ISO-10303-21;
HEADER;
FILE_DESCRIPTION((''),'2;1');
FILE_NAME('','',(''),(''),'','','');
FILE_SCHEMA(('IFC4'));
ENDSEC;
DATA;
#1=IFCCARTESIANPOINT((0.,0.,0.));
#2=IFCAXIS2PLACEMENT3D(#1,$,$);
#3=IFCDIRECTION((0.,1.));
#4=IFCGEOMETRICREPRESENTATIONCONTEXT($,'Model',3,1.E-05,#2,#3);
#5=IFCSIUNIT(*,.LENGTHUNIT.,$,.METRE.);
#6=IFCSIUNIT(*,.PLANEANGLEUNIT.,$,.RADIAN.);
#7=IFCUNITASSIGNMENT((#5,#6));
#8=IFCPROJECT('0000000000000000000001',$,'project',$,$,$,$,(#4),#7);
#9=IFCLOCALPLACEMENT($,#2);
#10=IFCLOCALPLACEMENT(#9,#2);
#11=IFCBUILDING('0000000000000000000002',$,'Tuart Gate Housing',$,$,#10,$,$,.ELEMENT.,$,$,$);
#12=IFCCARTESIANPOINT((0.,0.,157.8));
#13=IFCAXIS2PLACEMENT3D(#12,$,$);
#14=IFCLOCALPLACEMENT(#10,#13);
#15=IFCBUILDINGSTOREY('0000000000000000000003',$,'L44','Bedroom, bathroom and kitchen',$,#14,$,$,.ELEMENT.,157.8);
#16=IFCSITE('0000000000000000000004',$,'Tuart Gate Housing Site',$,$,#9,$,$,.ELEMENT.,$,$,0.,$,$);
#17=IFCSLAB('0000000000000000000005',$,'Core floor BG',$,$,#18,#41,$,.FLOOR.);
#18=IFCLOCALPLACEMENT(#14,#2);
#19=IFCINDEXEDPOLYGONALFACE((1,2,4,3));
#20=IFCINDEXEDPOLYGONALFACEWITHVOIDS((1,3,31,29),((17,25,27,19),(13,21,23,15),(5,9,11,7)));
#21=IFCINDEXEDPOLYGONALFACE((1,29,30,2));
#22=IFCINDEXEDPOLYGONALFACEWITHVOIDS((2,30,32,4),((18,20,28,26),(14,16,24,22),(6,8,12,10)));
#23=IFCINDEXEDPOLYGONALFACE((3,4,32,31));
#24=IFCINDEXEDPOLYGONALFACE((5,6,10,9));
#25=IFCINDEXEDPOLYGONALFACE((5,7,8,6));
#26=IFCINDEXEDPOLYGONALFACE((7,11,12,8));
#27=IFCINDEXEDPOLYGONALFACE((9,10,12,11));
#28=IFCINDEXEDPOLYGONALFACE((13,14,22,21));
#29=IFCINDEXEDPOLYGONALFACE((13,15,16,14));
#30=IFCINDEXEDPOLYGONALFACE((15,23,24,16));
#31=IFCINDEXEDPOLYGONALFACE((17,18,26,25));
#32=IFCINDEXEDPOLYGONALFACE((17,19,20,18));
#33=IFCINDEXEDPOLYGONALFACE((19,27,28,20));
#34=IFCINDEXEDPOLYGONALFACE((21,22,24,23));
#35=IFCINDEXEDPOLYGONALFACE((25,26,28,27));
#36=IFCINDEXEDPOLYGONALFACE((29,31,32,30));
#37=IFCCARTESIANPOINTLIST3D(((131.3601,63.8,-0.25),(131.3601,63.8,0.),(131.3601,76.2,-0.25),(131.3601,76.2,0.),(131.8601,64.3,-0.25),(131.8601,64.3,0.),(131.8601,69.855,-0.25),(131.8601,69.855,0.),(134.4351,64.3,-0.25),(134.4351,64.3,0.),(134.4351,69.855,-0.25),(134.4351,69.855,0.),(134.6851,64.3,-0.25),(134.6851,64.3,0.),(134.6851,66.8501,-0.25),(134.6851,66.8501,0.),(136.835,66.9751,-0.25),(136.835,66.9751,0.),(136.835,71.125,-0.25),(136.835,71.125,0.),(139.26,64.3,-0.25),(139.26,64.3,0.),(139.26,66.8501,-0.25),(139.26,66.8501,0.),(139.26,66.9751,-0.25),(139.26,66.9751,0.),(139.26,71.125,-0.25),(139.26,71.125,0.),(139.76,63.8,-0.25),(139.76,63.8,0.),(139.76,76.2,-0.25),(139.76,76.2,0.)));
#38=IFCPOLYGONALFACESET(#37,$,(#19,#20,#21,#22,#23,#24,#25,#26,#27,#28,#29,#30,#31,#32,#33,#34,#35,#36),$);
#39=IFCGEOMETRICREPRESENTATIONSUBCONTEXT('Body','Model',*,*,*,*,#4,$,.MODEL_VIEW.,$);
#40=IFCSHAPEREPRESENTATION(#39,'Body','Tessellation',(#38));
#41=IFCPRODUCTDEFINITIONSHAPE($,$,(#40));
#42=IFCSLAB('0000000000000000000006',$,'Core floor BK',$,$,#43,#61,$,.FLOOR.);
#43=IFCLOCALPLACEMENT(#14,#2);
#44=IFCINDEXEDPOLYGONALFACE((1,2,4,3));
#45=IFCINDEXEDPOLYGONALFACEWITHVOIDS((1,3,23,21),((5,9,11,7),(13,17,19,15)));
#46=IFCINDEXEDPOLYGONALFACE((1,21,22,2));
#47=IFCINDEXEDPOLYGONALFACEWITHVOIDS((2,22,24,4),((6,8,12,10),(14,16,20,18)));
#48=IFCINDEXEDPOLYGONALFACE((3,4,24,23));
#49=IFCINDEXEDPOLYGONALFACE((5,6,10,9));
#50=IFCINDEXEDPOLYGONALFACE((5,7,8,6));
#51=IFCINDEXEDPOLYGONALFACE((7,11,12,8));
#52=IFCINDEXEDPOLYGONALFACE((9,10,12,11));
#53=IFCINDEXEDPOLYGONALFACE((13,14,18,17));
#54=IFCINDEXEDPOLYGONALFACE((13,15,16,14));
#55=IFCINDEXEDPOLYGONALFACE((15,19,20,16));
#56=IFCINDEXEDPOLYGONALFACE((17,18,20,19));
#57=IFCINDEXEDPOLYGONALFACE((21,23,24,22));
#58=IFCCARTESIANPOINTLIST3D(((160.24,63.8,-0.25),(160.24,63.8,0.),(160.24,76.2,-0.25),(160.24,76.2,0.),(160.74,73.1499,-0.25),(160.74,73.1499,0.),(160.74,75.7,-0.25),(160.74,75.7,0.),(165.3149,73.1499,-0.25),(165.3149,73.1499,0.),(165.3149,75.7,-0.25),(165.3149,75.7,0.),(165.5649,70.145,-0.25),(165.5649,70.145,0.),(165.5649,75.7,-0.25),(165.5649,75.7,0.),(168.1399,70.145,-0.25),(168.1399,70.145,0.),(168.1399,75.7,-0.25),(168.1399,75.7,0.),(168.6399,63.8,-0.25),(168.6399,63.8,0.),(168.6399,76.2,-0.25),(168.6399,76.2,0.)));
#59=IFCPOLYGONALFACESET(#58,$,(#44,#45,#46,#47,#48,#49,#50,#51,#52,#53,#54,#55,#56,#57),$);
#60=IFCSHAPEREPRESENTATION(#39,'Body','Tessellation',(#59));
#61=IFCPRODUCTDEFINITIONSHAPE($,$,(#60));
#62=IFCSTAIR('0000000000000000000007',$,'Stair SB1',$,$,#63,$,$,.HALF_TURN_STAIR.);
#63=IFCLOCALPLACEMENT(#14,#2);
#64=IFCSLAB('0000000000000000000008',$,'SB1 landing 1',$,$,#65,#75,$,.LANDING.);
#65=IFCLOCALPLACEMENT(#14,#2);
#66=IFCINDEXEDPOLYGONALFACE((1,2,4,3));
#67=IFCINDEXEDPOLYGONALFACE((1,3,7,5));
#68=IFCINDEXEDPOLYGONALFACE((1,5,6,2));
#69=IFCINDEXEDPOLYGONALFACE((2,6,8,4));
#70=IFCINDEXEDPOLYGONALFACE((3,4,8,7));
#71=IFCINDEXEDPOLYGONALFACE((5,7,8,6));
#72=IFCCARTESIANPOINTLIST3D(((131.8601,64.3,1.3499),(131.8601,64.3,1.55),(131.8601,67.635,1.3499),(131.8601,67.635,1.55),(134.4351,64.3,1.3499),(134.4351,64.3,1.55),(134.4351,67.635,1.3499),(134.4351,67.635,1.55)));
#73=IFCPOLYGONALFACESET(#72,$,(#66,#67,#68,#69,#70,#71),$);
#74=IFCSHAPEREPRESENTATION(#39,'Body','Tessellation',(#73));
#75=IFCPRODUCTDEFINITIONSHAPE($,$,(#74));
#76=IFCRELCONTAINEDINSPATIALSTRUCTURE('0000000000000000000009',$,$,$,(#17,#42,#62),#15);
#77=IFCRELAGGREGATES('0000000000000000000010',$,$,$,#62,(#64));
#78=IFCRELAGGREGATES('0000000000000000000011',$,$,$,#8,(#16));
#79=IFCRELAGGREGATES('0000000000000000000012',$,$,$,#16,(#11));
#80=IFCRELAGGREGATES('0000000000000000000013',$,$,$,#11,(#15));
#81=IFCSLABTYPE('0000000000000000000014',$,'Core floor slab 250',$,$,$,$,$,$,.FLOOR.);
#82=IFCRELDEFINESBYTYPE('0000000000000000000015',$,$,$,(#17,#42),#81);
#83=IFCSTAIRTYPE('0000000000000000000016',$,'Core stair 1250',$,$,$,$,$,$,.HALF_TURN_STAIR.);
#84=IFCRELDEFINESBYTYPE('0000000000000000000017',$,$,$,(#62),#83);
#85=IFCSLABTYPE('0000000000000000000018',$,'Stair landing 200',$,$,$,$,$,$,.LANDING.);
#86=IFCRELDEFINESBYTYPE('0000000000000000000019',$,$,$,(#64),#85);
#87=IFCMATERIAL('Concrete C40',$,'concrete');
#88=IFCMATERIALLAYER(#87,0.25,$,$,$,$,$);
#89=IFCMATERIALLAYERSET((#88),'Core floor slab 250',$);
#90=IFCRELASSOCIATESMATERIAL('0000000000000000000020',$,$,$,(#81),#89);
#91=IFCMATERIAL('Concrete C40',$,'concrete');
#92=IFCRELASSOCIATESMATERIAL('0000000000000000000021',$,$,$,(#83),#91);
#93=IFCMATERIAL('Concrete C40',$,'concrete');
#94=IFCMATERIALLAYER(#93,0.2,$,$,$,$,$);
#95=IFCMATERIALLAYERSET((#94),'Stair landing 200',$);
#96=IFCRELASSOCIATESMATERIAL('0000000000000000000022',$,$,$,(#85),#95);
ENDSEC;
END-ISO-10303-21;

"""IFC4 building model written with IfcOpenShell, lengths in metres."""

from ifc_helpers import new_model, si_unit, direction, frame, origin, place, context, subcontext, project, spatial, polyline, outline, extrude, material, layer, layer_set, type_object, element, aggregate, save


model = new_model("IFC4")

# Units and contexts
model_context = context("Model", 3, precision=1e-05, world=origin(), true_north=direction((0.0, 1.0)))
body_context = subcontext(model_context, "Body", "Model", "MODEL_VIEW")
ifc_project = project(units=[si_unit("LENGTHUNIT", "METRE"), si_unit("PLANEANGLEUNIT", "RADIAN")], contexts=[model_context])

# Site, building, storey
site_placement = place(None, origin())
site = spatial("IfcSite", under=ifc_project, at=site_placement, Name="Tuart Gate Housing Site", CompositionType="ELEMENT", RefElevation=0.0)
building_placement = place(site_placement, origin())
building = spatial("IfcBuilding", under=site, at=building_placement, Name="Tuart Gate Housing", CompositionType="ELEMENT")
storey_placement = place(building_placement, frame((0.0, 0.0, 157.8)))
storey = spatial("IfcBuildingStorey", under=building, at=storey_placement, Name="L44", Description="Bedroom, bathroom and kitchen", CompositionType="ELEMENT", Elevation=157.8)

# Slabs
ifc_material_1 = material(Name="Concrete C40", Category="concrete")
ifc_layer_1 = layer(ifc_material_1, 0.25)
ifc_layer_set_1 = layer_set([ifc_layer_1], Name="Core floor slab 250")
slab_type_1 = type_object("IfcSlabType", Name="Core floor slab 250", PredefinedType="FLOOR", material=ifc_layer_set_1)
slab_1_placement = place(storey_placement, frame((0.0, 0.0, -0.25)))
element("IfcSlab", 1, at=slab_1_placement, inside=storey, type_object=slab_type_1, Name="Core floor BG", PredefinedType="FLOOR", context=body_context, shape_type="SweptSolid", body=[
    extrude(outline(polyline([(131.3601, 63.8), (139.76, 63.8), (139.76, 76.2), (131.3601, 76.2), (131.3601, 63.8)]), holes=[polyline([(139.26, 66.8501), (134.6851, 66.8501), (134.6851, 64.3), (139.26, 64.3), (139.26, 66.8501)]), polyline([(139.26, 71.125), (136.835, 71.125), (136.835, 66.9751), (139.26, 66.9751), (139.26, 71.125)]), polyline([(134.4351, 69.855), (131.8601, 69.855), (131.8601, 64.3), (134.4351, 64.3), (134.4351, 69.855)])]), origin(), (0.0, 0.0, 1.0), 0.25),
])
slab_2_placement = place(storey_placement, frame((0.0, 0.0, -0.25)))
element("IfcSlab", 2, at=slab_2_placement, inside=storey, type_object=slab_type_1, Name="Core floor BK", PredefinedType="FLOOR", context=body_context, shape_type="SweptSolid", body=[
    extrude(outline(polyline([(160.24, 63.8), (168.6399, 63.8), (168.6399, 76.2), (160.24, 76.2), (160.24, 63.8)]), holes=[polyline([(160.74, 73.1499), (165.3149, 73.1499), (165.3149, 75.7), (160.74, 75.7), (160.74, 73.1499)]), polyline([(165.5649, 70.145), (168.1399, 70.145), (168.1399, 75.7), (165.5649, 75.7), (165.5649, 70.145)])]), origin(), (0.0, 0.0, 1.0), 0.25),
])

# Stair, slab
ifc_material_2 = material(Name="Concrete C40", Category="concrete")
stair_type = type_object("IfcStairType", Name="Core stair 1250", PredefinedType="HALF_TURN_STAIR", material=ifc_material_2)
stair_placement = place(storey_placement, origin())
stair = element("IfcStair", 3, at=stair_placement, inside=storey, type_object=stair_type, Name="Stair SB1", PredefinedType="HALF_TURN_STAIR")
ifc_material_3 = material(Name="Concrete C40", Category="concrete")
ifc_layer_2 = layer(ifc_material_3, 0.2)
ifc_layer_set_2 = layer_set([ifc_layer_2], Name="Stair landing 200")
slab_type_2 = type_object("IfcSlabType", Name="Stair landing 200", PredefinedType="LANDING", material=ifc_layer_set_2)
slab_3_placement = place(storey_placement, frame((0.0, 0.0, 1.3499)))
slab_3 = element("IfcSlab", 4, at=slab_3_placement, type_object=slab_type_2, Name="SB1 landing 1", PredefinedType="LANDING", context=body_context, shape_type="SweptSolid", body=[
    extrude(outline(polyline([(134.4351, 67.635), (131.8601, 67.635), (131.8601, 64.3), (134.4351, 64.3), (134.4351, 67.635)])), origin(), (0.0, 0.0, 1.0), 0.2002),
])
aggregate(stair, [slab_3])

save(model, "model.ifc")
